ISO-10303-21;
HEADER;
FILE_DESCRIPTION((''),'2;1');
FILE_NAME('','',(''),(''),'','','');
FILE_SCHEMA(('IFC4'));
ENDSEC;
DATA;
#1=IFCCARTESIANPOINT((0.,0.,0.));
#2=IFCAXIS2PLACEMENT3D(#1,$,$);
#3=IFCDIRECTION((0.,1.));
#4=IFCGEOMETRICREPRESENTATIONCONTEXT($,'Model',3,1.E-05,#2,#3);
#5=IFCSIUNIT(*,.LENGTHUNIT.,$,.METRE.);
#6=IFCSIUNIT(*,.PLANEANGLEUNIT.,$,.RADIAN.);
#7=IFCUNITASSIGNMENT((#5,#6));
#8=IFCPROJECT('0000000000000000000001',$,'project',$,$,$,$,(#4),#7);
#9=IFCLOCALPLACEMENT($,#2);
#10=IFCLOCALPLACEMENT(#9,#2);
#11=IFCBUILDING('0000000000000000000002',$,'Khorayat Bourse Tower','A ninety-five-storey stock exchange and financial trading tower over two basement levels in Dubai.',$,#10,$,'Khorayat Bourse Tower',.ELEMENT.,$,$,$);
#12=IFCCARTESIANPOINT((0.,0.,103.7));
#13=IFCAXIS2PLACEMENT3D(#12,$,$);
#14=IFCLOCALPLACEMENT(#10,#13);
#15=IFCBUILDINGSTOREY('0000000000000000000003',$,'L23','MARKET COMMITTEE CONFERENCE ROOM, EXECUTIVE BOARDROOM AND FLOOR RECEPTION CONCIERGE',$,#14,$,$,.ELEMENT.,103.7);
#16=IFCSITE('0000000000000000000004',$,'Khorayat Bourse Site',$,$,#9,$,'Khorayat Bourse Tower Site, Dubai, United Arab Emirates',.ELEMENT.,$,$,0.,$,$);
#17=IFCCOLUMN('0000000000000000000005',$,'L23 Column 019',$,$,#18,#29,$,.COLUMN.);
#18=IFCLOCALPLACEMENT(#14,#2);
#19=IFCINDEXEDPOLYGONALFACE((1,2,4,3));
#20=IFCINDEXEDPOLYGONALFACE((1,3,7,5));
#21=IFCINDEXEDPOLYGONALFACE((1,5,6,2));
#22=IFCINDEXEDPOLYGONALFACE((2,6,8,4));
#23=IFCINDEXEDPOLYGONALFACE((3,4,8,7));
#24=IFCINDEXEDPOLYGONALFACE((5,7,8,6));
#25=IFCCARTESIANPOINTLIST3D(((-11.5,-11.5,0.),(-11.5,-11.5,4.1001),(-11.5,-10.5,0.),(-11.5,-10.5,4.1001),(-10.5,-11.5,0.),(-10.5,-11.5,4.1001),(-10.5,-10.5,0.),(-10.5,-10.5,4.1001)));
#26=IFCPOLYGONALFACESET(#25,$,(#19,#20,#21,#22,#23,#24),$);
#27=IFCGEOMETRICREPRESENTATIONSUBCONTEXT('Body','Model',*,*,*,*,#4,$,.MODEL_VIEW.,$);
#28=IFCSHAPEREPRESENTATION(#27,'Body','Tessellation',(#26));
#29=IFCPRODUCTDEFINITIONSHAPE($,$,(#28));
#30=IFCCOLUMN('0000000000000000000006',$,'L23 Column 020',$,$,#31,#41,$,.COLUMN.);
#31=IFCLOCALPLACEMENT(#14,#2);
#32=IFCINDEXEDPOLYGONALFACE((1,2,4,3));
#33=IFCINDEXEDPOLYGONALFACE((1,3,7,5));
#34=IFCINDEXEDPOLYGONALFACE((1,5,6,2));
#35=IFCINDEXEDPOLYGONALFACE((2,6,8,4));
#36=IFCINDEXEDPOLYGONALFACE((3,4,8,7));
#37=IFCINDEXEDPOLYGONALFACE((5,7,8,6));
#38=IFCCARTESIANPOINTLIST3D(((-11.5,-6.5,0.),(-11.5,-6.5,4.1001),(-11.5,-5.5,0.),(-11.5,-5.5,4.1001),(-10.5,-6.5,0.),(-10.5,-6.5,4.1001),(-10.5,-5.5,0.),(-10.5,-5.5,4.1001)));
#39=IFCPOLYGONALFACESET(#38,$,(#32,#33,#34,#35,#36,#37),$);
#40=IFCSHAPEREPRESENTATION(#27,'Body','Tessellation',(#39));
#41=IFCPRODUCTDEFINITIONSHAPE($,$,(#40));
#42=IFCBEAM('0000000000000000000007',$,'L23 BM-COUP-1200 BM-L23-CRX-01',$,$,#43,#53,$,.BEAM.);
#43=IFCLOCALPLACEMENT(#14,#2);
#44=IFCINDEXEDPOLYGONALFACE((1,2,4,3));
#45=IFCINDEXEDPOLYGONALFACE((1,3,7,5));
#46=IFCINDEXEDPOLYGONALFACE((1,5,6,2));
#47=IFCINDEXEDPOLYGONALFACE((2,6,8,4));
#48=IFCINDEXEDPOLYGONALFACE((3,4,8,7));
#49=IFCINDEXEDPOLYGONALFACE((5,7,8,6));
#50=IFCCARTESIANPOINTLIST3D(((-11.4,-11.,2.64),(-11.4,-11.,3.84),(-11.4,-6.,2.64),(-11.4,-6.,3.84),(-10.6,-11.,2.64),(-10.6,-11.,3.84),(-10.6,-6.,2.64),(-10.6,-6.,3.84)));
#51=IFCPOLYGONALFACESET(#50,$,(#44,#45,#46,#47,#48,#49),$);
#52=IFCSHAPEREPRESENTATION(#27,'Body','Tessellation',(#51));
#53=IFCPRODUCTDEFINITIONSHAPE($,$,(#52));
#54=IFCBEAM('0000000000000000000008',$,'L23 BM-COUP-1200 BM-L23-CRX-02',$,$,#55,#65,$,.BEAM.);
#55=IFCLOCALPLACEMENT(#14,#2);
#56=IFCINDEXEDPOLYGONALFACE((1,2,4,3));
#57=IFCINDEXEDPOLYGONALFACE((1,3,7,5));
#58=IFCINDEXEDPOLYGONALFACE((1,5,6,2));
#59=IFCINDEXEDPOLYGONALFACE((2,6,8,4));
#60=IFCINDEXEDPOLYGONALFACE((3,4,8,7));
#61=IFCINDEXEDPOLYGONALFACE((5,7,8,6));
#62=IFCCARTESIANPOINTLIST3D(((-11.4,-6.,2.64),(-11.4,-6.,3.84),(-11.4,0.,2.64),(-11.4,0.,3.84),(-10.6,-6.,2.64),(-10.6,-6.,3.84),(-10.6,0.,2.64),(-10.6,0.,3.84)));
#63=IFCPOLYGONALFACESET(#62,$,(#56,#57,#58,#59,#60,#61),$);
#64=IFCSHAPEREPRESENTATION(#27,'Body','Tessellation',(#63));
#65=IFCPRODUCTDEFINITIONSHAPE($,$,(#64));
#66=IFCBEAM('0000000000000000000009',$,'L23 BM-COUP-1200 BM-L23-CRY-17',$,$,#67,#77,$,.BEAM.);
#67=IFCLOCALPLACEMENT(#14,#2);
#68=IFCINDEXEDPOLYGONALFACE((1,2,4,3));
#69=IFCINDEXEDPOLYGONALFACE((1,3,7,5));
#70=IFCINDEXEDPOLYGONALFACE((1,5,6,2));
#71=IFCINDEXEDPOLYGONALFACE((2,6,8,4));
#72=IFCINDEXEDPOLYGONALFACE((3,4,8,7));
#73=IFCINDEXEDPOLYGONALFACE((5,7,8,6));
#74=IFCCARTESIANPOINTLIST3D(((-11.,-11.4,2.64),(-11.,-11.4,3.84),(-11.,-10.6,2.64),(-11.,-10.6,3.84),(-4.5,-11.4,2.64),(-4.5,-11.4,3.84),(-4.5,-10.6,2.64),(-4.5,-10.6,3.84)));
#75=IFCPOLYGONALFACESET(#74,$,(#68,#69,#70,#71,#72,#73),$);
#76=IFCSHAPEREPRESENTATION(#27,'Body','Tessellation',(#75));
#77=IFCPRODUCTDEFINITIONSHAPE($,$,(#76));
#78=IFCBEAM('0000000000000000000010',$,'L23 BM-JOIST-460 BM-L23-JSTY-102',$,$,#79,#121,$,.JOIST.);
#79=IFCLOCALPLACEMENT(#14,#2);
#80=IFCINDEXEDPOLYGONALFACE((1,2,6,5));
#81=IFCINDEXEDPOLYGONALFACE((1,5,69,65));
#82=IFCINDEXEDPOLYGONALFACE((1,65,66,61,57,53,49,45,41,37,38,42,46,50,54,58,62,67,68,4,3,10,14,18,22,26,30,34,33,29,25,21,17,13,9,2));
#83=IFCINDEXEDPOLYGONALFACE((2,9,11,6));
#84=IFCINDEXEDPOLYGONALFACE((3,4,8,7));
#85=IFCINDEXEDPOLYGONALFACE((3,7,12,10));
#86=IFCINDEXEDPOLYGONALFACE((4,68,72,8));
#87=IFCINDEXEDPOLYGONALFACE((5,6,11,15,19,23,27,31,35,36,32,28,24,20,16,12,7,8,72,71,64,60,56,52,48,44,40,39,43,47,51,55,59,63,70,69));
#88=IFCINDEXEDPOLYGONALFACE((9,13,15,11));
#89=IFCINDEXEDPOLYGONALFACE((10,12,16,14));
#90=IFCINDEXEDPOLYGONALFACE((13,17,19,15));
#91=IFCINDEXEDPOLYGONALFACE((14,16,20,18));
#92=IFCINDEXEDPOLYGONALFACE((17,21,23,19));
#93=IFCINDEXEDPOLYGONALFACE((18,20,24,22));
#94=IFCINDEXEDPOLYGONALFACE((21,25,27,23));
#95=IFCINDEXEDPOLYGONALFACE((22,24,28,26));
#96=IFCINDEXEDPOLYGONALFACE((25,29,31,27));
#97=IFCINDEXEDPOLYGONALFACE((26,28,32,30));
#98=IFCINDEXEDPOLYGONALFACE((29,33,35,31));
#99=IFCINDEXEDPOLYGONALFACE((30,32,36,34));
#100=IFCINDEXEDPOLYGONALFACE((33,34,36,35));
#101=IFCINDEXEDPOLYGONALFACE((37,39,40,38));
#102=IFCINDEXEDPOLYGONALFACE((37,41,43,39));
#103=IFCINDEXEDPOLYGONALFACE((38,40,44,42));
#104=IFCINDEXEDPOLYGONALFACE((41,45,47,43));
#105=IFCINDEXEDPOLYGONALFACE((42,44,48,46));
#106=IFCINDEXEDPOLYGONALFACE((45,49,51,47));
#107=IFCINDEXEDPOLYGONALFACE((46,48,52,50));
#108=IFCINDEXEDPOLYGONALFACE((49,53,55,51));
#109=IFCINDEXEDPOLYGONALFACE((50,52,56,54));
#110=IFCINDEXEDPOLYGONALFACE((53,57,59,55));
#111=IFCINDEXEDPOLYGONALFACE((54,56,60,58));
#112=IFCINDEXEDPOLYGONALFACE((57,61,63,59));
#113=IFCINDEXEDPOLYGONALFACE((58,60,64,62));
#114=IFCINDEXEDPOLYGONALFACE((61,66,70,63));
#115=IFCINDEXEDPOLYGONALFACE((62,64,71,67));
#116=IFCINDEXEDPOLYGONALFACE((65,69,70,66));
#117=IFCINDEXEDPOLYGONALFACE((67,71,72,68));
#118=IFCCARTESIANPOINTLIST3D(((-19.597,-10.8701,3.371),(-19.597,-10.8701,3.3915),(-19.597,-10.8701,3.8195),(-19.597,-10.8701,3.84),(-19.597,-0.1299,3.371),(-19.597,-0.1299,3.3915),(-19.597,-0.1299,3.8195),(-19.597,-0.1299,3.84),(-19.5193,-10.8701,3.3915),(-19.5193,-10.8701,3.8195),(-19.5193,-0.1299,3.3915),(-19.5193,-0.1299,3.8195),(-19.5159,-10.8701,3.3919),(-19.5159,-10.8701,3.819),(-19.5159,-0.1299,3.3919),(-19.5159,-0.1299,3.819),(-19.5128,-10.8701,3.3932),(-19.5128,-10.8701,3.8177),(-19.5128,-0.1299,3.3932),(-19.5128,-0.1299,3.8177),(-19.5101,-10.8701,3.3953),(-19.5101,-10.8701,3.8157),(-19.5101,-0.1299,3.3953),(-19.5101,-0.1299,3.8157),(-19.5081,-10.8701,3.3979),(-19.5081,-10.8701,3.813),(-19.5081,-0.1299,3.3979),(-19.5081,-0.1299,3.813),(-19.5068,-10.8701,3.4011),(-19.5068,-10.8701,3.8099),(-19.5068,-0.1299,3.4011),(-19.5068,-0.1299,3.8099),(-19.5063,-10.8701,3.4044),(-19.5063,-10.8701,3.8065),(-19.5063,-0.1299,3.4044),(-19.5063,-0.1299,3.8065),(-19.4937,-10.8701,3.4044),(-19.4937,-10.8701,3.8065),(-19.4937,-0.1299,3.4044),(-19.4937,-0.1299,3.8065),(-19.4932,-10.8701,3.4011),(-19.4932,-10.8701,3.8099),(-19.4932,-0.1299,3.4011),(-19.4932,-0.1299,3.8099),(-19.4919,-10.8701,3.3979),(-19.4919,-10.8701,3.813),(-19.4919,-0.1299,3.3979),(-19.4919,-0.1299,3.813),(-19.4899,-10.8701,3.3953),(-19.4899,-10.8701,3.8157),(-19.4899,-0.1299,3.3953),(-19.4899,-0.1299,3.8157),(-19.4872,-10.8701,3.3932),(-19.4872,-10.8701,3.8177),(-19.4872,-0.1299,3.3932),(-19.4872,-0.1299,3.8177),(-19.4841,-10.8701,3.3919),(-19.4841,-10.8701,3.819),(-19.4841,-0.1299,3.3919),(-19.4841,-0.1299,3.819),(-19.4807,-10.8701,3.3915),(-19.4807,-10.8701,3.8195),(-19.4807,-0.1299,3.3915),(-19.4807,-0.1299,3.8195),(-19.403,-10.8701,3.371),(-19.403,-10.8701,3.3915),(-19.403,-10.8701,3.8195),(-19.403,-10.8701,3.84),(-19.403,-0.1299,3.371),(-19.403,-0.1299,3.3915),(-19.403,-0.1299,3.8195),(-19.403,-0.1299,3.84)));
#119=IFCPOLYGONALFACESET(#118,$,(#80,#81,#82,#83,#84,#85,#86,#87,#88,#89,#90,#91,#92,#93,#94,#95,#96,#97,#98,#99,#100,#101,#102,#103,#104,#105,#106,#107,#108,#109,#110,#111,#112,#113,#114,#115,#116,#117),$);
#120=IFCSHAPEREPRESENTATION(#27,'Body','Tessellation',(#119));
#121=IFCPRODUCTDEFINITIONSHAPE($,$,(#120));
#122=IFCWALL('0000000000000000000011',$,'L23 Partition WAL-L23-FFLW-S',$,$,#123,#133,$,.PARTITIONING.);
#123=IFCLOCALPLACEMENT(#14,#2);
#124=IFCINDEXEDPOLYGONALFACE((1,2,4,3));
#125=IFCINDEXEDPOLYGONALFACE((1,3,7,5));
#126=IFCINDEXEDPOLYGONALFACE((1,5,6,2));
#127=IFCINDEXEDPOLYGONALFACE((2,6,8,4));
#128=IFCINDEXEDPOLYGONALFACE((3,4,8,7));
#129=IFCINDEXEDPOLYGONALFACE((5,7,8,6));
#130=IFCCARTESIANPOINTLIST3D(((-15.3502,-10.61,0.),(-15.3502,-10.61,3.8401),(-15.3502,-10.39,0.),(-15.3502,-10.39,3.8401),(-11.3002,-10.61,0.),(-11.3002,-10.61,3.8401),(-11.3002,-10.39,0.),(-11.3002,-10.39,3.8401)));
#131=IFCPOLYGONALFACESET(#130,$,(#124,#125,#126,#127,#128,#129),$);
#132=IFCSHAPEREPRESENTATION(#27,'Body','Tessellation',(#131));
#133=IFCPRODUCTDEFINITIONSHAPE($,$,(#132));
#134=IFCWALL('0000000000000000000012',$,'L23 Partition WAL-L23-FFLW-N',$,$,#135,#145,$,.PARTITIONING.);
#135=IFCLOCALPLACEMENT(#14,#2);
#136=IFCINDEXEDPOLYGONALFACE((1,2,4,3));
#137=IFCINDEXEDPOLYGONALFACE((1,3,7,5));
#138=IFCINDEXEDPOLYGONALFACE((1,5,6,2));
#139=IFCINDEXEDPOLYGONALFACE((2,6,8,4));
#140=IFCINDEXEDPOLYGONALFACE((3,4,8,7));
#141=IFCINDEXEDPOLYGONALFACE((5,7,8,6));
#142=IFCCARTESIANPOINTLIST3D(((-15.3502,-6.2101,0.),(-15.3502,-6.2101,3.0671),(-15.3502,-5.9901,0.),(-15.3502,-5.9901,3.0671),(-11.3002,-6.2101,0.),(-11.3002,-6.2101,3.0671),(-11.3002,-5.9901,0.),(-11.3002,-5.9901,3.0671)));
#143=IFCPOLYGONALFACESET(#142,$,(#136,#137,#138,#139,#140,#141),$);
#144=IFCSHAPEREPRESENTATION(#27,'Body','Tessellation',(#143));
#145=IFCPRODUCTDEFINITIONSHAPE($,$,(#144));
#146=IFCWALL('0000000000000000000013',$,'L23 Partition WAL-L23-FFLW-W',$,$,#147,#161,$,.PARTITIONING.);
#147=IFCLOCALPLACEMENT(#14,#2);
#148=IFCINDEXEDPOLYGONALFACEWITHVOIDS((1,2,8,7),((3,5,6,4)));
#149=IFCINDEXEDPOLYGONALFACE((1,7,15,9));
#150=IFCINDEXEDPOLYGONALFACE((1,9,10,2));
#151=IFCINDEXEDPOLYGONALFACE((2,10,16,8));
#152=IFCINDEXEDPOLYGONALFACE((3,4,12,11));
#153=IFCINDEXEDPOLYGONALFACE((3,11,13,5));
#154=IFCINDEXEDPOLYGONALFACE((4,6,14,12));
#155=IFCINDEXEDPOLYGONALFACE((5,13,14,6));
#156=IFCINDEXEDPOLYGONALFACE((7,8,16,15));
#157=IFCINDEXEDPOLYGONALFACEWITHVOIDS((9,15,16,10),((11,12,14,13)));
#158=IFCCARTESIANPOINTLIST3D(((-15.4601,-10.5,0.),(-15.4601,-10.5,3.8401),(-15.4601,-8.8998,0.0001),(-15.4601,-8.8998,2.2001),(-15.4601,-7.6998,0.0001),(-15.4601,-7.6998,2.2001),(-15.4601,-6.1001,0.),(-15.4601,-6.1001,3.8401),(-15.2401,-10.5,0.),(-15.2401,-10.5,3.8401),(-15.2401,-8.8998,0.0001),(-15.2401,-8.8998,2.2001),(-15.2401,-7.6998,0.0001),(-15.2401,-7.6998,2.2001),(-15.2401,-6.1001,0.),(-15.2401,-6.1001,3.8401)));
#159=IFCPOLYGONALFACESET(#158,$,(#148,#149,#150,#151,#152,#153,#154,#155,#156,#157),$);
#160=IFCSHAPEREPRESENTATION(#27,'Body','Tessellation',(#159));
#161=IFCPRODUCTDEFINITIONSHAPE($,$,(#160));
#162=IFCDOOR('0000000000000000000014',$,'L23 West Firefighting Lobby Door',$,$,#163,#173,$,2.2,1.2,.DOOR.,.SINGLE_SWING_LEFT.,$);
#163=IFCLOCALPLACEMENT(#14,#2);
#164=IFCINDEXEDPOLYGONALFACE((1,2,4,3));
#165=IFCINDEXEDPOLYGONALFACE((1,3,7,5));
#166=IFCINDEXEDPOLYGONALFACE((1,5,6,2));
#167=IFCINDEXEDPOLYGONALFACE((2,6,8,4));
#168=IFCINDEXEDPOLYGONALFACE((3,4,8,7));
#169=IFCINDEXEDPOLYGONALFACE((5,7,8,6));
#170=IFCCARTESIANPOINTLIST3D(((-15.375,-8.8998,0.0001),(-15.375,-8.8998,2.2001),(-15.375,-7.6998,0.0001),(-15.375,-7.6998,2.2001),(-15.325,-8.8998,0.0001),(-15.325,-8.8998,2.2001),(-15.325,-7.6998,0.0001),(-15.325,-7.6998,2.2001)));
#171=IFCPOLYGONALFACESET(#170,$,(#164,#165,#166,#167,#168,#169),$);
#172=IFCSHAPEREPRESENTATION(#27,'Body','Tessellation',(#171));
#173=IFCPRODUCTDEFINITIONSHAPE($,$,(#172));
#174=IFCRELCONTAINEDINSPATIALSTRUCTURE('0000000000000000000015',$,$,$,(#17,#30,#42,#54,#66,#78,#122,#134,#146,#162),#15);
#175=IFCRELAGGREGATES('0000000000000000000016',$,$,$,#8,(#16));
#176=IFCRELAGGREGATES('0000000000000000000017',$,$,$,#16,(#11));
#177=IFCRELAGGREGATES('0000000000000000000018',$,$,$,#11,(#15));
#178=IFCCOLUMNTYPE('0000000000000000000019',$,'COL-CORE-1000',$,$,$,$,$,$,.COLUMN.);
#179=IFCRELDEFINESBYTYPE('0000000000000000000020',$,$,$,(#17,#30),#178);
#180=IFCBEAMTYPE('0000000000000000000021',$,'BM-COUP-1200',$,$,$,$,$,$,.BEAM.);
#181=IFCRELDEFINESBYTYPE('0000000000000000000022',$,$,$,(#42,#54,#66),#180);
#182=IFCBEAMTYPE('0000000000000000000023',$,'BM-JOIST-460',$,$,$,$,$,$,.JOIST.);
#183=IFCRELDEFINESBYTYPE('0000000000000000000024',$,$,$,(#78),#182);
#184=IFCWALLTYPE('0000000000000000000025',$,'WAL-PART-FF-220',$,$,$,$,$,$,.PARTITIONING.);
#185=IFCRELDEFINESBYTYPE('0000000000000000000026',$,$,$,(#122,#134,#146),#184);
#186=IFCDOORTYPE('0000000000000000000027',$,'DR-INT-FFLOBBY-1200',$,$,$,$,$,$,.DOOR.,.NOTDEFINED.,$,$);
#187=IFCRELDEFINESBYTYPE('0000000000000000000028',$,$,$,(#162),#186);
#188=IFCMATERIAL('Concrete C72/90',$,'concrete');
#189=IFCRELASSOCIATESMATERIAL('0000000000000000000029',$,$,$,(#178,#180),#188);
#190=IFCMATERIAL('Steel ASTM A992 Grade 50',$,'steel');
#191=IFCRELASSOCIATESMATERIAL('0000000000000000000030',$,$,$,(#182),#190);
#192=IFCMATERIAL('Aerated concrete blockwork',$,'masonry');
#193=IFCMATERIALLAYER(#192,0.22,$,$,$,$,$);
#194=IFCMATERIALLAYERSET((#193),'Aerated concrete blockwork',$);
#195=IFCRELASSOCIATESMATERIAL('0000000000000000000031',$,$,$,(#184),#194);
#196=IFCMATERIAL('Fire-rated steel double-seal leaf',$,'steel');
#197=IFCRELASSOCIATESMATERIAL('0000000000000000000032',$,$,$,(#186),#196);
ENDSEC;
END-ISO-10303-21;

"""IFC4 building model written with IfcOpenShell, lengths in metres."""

from ifc_helpers import new_model, si_unit, direction, frame, frame_2d, origin, origin_2d, place, context, subcontext, project, spatial, rectangle, i_section, extrude, source, transform, mapped, material, layer, layer_set, material_profile, profile_set, type_object, element, fill, save


model = new_model("IFC4")

# Units and contexts
model_context = context("Model", 3, precision=1e-05, world=origin(), true_north=direction((0.0, 1.0)))
body_context = subcontext(model_context, "Body", "Model", "MODEL_VIEW")
ifc_project = project(units=[si_unit("LENGTHUNIT", "METRE"), si_unit("PLANEANGLEUNIT", "RADIAN")], contexts=[model_context])

# Site, building, storey
site_placement = place(None, origin())
site = spatial("IfcSite", under=ifc_project, at=site_placement, Name="Khorayat Bourse Site", LongName="Khorayat Bourse Tower Site, Dubai, United Arab Emirates", CompositionType="ELEMENT", RefElevation=0.0)
building_placement = place(site_placement, origin())
building = spatial("IfcBuilding", under=site, at=building_placement, Name="Khorayat Bourse Tower", Description="A ninety-five-storey stock exchange and financial trading tower over two basement levels in Dubai.", LongName="Khorayat Bourse Tower", CompositionType="ELEMENT")
storey_placement = place(building_placement, frame((0.0, 0.0, 103.7)))
storey = spatial("IfcBuildingStorey", under=building, at=storey_placement, Name="L23", Description="MARKET COMMITTEE CONFERENCE ROOM, EXECUTIVE BOARDROOM AND FLOOR RECEPTION CONCIERGE", CompositionType="ELEMENT", Elevation=103.7)

# Columns
ifc_material_1 = material(Name="Concrete C72/90", Category="concrete")
ifc_material_profile_1 = material_profile(ifc_material_1, rectangle(XDim=1.0, YDim=1.0, at=origin_2d()), Name="RC 1000x1000")
ifc_profile_set_1 = profile_set([ifc_material_profile_1], Name="Concrete C72/90")
column_type = type_object("IfcColumnType", Name="COL-CORE-1000", PredefinedType="COLUMN", material=ifc_profile_set_1)
shared_shape_1 = source(origin(), body_context, "Body", "SweptSolid", [
    extrude(rectangle(XDim=1.0, YDim=1.0, at=origin_2d()), origin(), (0.0, 0.0, 1.0), 4.1001),
])
for number, where, z_axis, x_axis, name in (
    (1, (-11.0, -11.0, 0.0), (0.0, 0.0, 1.0), (1.0, 0.0, 0.0), "L23 Column 019"),
    (2, (-11.0, -6.0, 0.0), (0.0, 0.0, 1.0), (1.0, 0.0, 0.0), "L23 Column 020"),
):
    element("IfcColumn", number, at=place(storey_placement, frame(where, z_axis=z_axis, x_axis=x_axis)), inside=storey, type_object=column_type, Name=name, PredefinedType="COLUMN", context=body_context, shape_type="MappedRepresentation", body=[
        mapped(shared_shape_1, transform((0.0, 0.0, 0.0), scale=1.0)),
    ])

# Beams
ifc_material_profile_2 = material_profile(ifc_material_1, rectangle(XDim=0.8, YDim=1.2, at=origin_2d()), Name="RC 800x1200")
ifc_profile_set_2 = profile_set([ifc_material_profile_2], Name="Concrete C72/90")
beam_type_1 = type_object("IfcBeamType", Name="BM-COUP-1200", PredefinedType="BEAM", material=ifc_profile_set_2)
shared_shape_2 = source(origin(), body_context, "Body", "SweptSolid", [
    extrude(rectangle(XDim=0.8, YDim=1.2, at=origin_2d()), origin(), (0.0, 0.0, 1.0), 5.0),
])
beam_1_placement = place(storey_placement, frame((-11.0, -11.0, 3.24), z_axis=(0.0, 1.0, 0.0), x_axis=(-1.0, 0.0, 0.0)))
element("IfcBeam", 3, at=beam_1_placement, inside=storey, type_object=beam_type_1, Name="L23 BM-COUP-1200 BM-L23-CRX-01", PredefinedType="BEAM", context=body_context, shape_type="MappedRepresentation", body=[
    mapped(shared_shape_2, transform((0.0, 0.0, 0.0), scale=1.0)),
])
shared_shape_3 = source(origin(), body_context, "Body", "SweptSolid", [
    extrude(rectangle(XDim=0.8, YDim=1.2, at=origin_2d()), origin(), (0.0, 0.0, 1.0), 6.0),
])
beam_2_placement = place(storey_placement, frame((-11.0, -6.0, 3.24), z_axis=(0.0, 1.0, 0.0), x_axis=(-1.0, 0.0, 0.0)))
element("IfcBeam", 4, at=beam_2_placement, inside=storey, type_object=beam_type_1, Name="L23 BM-COUP-1200 BM-L23-CRX-02", PredefinedType="BEAM", context=body_context, shape_type="MappedRepresentation", body=[
    mapped(shared_shape_3, transform((0.0, 0.0, 0.0), scale=1.0)),
])
shared_shape_4 = source(origin(), body_context, "Body", "SweptSolid", [
    extrude(rectangle(XDim=0.8, YDim=1.2, at=origin_2d()), origin(), (0.0, 0.0, 1.0), 6.5),
])
beam_3_placement = place(storey_placement, frame((-11.0, -11.0, 3.24), z_axis=(1.0, 0.0, 0.0), x_axis=(0.0, 1.0, 0.0)))
element("IfcBeam", 5, at=beam_3_placement, inside=storey, type_object=beam_type_1, Name="L23 BM-COUP-1200 BM-L23-CRY-17", PredefinedType="BEAM", context=body_context, shape_type="MappedRepresentation", body=[
    mapped(shared_shape_4, transform((0.0, 0.0, 0.0), scale=1.0)),
])
ifc_material_2 = material(Name="Steel ASTM A992 Grade 50", Category="steel")
ifc_material_profile_3 = material_profile(ifc_material_2, i_section(OverallWidth=0.1941, OverallDepth=0.469, WebThickness=0.0127, FlangeThickness=0.0205, FilletRadius=0.0129, at=origin_2d()), Name="W460X106")
ifc_profile_set_3 = profile_set([ifc_material_profile_3], Name="Steel ASTM A992 Grade 50")
beam_type_2 = type_object("IfcBeamType", Name="BM-JOIST-460", PredefinedType="JOIST", material=ifc_profile_set_3)
shared_shape_5 = source(origin(), body_context, "Body", "SweptSolid", [
    extrude(i_section(OverallWidth=0.1941, OverallDepth=0.469, WebThickness=0.0127, FlangeThickness=0.0205, FilletRadius=0.0129, at=origin_2d()), origin(), (0.0, 0.0, 1.0), 10.7402),
])
beam_4_placement = place(storey_placement, frame((-19.5, -10.8701, 3.6055), z_axis=(0.0, 1.0, 0.0), x_axis=(-1.0, 0.0, 0.0)))
element("IfcBeam", 6, at=beam_4_placement, inside=storey, type_object=beam_type_2, Name="L23 BM-JOIST-460 BM-L23-JSTY-102", PredefinedType="JOIST", context=body_context, shape_type="MappedRepresentation", body=[
    mapped(shared_shape_5, transform((0.0, 0.0, 0.0), scale=1.0)),
])

# Walls
ifc_material_3 = material(Name="Aerated concrete blockwork", Category="masonry")
ifc_layer_1 = layer(ifc_material_3, 0.22)
ifc_layer_set_1 = layer_set([ifc_layer_1], Name="Aerated concrete blockwork")
wall_type_1 = type_object("IfcWallType", Name="WAL-PART-FF-220", PredefinedType="PARTITIONING", material=ifc_layer_set_1)
shared_shape_6 = source(origin(), body_context, "Body", "SweptSolid", [
    extrude(rectangle(XDim=4.05, YDim=0.22, at=frame_2d((2.0249, 0.0))), origin(), (0.0, 0.0, 1.0), 3.8401),
])
wall_1_placement = place(storey_placement, frame((-15.3501, -10.5, 0.0), z_axis=(0.0, 0.0, 1.0), x_axis=(1.0, 0.0, 0.0)))
element("IfcWall", 7, at=wall_1_placement, inside=storey, type_object=wall_type_1, Name="L23 Partition WAL-L23-FFLW-S", PredefinedType="PARTITIONING", context=body_context, shape_type="MappedRepresentation", body=[
    mapped(shared_shape_6, transform((0.0, 0.0, 0.0), scale=1.0)),
])
shared_shape_7 = source(origin(), body_context, "Body", "SweptSolid", [
    extrude(rectangle(XDim=4.05, YDim=0.22, at=frame_2d((2.0249, 0.0))), origin(), (0.0, 0.0, 1.0), 3.0671),
])
wall_2_placement = place(storey_placement, frame((-15.3501, -6.1001, 0.0), z_axis=(0.0, 0.0, 1.0), x_axis=(1.0, 0.0, 0.0)))
element("IfcWall", 8, at=wall_2_placement, inside=storey, type_object=wall_type_1, Name="L23 Partition WAL-L23-FFLW-N", PredefinedType="PARTITIONING", context=body_context, shape_type="MappedRepresentation", body=[
    mapped(shared_shape_7, transform((0.0, 0.0, 0.0), scale=1.0)),
])

# Wall, opening, door
shared_shape_8 = source(origin(), body_context, "Body", "SweptSolid", [
    extrude(rectangle(XDim=4.3999, YDim=0.22, at=frame_2d((2.2, 0.0))), origin(), (0.0, 0.0, 1.0), 3.8401),
])
wall_3_placement = place(storey_placement, frame((-15.3501, -10.5, 0.0), z_axis=(0.0, 0.0, 1.0), x_axis=(0.0, 1.0, 0.0)))
wall_3 = element("IfcWall", 9, at=wall_3_placement, inside=storey, type_object=wall_type_1, Name="L23 Partition WAL-L23-FFLW-W", PredefinedType="PARTITIONING", context=body_context, shape_type="MappedRepresentation", body=[
    mapped(shared_shape_8, transform((0.0, 0.0, 0.0), scale=1.0)),
])
shared_shape_9 = source(origin(), body_context, "Body", "SweptSolid", [
    extrude(rectangle(XDim=1.2, YDim=2.2, at=frame_2d((0.6001, 1.1001))), frame((0.0, 0.1199, 0.0), z_axis=(0.0, -1.0, 0.0), x_axis=(1.0, 0.0, 0.0)), (0.0, 0.0, 1.0), 0.24),
])
opening_1_placement = place(wall_3_placement, frame((1.6001, 0.0, 0.0)))
opening_1 = element("IfcOpeningElement", 10, at=opening_1_placement, cuts=wall_3, PredefinedType="OPENING", context=body_context, shape_type="MappedRepresentation", body=[
    mapped(shared_shape_9, transform((0.0, 0.0, 0.0), scale=1.0)),
])
ifc_material_4 = material(Name="Fire-rated steel double-seal leaf", Category="steel")
door_type_1 = type_object("IfcDoorType", Name="DR-INT-FFLOBBY-1200", OperationType="NOTDEFINED", PredefinedType="DOOR", material=ifc_material_4)
shared_shape_10 = source(origin(), body_context, "Body", "SweptSolid", [
    extrude(rectangle(XDim=1.2, YDim=2.2, at=frame_2d((0.6001, 1.1001))), frame((0.0, 0.0249, 0.0), z_axis=(0.0, -1.0, 0.0), x_axis=(1.0, 0.0, 0.0)), (0.0, 0.0, 1.0), 0.05),
])
door_1_placement = place(opening_1_placement, origin())
door_1 = element("IfcDoor", 11, at=door_1_placement, inside=storey, type_object=door_type_1, Name="L23 West Firefighting Lobby Door", OperationType="SINGLE_SWING_LEFT", OverallHeight=2.2, OverallWidth=1.2, PredefinedType="DOOR", context=body_context, shape_type="MappedRepresentation", body=[
    mapped(shared_shape_10, transform((0.0, 0.0, 0.0), scale=1.0)),
])
fill(opening_1, door_1)

save(model, "model.ifc")
